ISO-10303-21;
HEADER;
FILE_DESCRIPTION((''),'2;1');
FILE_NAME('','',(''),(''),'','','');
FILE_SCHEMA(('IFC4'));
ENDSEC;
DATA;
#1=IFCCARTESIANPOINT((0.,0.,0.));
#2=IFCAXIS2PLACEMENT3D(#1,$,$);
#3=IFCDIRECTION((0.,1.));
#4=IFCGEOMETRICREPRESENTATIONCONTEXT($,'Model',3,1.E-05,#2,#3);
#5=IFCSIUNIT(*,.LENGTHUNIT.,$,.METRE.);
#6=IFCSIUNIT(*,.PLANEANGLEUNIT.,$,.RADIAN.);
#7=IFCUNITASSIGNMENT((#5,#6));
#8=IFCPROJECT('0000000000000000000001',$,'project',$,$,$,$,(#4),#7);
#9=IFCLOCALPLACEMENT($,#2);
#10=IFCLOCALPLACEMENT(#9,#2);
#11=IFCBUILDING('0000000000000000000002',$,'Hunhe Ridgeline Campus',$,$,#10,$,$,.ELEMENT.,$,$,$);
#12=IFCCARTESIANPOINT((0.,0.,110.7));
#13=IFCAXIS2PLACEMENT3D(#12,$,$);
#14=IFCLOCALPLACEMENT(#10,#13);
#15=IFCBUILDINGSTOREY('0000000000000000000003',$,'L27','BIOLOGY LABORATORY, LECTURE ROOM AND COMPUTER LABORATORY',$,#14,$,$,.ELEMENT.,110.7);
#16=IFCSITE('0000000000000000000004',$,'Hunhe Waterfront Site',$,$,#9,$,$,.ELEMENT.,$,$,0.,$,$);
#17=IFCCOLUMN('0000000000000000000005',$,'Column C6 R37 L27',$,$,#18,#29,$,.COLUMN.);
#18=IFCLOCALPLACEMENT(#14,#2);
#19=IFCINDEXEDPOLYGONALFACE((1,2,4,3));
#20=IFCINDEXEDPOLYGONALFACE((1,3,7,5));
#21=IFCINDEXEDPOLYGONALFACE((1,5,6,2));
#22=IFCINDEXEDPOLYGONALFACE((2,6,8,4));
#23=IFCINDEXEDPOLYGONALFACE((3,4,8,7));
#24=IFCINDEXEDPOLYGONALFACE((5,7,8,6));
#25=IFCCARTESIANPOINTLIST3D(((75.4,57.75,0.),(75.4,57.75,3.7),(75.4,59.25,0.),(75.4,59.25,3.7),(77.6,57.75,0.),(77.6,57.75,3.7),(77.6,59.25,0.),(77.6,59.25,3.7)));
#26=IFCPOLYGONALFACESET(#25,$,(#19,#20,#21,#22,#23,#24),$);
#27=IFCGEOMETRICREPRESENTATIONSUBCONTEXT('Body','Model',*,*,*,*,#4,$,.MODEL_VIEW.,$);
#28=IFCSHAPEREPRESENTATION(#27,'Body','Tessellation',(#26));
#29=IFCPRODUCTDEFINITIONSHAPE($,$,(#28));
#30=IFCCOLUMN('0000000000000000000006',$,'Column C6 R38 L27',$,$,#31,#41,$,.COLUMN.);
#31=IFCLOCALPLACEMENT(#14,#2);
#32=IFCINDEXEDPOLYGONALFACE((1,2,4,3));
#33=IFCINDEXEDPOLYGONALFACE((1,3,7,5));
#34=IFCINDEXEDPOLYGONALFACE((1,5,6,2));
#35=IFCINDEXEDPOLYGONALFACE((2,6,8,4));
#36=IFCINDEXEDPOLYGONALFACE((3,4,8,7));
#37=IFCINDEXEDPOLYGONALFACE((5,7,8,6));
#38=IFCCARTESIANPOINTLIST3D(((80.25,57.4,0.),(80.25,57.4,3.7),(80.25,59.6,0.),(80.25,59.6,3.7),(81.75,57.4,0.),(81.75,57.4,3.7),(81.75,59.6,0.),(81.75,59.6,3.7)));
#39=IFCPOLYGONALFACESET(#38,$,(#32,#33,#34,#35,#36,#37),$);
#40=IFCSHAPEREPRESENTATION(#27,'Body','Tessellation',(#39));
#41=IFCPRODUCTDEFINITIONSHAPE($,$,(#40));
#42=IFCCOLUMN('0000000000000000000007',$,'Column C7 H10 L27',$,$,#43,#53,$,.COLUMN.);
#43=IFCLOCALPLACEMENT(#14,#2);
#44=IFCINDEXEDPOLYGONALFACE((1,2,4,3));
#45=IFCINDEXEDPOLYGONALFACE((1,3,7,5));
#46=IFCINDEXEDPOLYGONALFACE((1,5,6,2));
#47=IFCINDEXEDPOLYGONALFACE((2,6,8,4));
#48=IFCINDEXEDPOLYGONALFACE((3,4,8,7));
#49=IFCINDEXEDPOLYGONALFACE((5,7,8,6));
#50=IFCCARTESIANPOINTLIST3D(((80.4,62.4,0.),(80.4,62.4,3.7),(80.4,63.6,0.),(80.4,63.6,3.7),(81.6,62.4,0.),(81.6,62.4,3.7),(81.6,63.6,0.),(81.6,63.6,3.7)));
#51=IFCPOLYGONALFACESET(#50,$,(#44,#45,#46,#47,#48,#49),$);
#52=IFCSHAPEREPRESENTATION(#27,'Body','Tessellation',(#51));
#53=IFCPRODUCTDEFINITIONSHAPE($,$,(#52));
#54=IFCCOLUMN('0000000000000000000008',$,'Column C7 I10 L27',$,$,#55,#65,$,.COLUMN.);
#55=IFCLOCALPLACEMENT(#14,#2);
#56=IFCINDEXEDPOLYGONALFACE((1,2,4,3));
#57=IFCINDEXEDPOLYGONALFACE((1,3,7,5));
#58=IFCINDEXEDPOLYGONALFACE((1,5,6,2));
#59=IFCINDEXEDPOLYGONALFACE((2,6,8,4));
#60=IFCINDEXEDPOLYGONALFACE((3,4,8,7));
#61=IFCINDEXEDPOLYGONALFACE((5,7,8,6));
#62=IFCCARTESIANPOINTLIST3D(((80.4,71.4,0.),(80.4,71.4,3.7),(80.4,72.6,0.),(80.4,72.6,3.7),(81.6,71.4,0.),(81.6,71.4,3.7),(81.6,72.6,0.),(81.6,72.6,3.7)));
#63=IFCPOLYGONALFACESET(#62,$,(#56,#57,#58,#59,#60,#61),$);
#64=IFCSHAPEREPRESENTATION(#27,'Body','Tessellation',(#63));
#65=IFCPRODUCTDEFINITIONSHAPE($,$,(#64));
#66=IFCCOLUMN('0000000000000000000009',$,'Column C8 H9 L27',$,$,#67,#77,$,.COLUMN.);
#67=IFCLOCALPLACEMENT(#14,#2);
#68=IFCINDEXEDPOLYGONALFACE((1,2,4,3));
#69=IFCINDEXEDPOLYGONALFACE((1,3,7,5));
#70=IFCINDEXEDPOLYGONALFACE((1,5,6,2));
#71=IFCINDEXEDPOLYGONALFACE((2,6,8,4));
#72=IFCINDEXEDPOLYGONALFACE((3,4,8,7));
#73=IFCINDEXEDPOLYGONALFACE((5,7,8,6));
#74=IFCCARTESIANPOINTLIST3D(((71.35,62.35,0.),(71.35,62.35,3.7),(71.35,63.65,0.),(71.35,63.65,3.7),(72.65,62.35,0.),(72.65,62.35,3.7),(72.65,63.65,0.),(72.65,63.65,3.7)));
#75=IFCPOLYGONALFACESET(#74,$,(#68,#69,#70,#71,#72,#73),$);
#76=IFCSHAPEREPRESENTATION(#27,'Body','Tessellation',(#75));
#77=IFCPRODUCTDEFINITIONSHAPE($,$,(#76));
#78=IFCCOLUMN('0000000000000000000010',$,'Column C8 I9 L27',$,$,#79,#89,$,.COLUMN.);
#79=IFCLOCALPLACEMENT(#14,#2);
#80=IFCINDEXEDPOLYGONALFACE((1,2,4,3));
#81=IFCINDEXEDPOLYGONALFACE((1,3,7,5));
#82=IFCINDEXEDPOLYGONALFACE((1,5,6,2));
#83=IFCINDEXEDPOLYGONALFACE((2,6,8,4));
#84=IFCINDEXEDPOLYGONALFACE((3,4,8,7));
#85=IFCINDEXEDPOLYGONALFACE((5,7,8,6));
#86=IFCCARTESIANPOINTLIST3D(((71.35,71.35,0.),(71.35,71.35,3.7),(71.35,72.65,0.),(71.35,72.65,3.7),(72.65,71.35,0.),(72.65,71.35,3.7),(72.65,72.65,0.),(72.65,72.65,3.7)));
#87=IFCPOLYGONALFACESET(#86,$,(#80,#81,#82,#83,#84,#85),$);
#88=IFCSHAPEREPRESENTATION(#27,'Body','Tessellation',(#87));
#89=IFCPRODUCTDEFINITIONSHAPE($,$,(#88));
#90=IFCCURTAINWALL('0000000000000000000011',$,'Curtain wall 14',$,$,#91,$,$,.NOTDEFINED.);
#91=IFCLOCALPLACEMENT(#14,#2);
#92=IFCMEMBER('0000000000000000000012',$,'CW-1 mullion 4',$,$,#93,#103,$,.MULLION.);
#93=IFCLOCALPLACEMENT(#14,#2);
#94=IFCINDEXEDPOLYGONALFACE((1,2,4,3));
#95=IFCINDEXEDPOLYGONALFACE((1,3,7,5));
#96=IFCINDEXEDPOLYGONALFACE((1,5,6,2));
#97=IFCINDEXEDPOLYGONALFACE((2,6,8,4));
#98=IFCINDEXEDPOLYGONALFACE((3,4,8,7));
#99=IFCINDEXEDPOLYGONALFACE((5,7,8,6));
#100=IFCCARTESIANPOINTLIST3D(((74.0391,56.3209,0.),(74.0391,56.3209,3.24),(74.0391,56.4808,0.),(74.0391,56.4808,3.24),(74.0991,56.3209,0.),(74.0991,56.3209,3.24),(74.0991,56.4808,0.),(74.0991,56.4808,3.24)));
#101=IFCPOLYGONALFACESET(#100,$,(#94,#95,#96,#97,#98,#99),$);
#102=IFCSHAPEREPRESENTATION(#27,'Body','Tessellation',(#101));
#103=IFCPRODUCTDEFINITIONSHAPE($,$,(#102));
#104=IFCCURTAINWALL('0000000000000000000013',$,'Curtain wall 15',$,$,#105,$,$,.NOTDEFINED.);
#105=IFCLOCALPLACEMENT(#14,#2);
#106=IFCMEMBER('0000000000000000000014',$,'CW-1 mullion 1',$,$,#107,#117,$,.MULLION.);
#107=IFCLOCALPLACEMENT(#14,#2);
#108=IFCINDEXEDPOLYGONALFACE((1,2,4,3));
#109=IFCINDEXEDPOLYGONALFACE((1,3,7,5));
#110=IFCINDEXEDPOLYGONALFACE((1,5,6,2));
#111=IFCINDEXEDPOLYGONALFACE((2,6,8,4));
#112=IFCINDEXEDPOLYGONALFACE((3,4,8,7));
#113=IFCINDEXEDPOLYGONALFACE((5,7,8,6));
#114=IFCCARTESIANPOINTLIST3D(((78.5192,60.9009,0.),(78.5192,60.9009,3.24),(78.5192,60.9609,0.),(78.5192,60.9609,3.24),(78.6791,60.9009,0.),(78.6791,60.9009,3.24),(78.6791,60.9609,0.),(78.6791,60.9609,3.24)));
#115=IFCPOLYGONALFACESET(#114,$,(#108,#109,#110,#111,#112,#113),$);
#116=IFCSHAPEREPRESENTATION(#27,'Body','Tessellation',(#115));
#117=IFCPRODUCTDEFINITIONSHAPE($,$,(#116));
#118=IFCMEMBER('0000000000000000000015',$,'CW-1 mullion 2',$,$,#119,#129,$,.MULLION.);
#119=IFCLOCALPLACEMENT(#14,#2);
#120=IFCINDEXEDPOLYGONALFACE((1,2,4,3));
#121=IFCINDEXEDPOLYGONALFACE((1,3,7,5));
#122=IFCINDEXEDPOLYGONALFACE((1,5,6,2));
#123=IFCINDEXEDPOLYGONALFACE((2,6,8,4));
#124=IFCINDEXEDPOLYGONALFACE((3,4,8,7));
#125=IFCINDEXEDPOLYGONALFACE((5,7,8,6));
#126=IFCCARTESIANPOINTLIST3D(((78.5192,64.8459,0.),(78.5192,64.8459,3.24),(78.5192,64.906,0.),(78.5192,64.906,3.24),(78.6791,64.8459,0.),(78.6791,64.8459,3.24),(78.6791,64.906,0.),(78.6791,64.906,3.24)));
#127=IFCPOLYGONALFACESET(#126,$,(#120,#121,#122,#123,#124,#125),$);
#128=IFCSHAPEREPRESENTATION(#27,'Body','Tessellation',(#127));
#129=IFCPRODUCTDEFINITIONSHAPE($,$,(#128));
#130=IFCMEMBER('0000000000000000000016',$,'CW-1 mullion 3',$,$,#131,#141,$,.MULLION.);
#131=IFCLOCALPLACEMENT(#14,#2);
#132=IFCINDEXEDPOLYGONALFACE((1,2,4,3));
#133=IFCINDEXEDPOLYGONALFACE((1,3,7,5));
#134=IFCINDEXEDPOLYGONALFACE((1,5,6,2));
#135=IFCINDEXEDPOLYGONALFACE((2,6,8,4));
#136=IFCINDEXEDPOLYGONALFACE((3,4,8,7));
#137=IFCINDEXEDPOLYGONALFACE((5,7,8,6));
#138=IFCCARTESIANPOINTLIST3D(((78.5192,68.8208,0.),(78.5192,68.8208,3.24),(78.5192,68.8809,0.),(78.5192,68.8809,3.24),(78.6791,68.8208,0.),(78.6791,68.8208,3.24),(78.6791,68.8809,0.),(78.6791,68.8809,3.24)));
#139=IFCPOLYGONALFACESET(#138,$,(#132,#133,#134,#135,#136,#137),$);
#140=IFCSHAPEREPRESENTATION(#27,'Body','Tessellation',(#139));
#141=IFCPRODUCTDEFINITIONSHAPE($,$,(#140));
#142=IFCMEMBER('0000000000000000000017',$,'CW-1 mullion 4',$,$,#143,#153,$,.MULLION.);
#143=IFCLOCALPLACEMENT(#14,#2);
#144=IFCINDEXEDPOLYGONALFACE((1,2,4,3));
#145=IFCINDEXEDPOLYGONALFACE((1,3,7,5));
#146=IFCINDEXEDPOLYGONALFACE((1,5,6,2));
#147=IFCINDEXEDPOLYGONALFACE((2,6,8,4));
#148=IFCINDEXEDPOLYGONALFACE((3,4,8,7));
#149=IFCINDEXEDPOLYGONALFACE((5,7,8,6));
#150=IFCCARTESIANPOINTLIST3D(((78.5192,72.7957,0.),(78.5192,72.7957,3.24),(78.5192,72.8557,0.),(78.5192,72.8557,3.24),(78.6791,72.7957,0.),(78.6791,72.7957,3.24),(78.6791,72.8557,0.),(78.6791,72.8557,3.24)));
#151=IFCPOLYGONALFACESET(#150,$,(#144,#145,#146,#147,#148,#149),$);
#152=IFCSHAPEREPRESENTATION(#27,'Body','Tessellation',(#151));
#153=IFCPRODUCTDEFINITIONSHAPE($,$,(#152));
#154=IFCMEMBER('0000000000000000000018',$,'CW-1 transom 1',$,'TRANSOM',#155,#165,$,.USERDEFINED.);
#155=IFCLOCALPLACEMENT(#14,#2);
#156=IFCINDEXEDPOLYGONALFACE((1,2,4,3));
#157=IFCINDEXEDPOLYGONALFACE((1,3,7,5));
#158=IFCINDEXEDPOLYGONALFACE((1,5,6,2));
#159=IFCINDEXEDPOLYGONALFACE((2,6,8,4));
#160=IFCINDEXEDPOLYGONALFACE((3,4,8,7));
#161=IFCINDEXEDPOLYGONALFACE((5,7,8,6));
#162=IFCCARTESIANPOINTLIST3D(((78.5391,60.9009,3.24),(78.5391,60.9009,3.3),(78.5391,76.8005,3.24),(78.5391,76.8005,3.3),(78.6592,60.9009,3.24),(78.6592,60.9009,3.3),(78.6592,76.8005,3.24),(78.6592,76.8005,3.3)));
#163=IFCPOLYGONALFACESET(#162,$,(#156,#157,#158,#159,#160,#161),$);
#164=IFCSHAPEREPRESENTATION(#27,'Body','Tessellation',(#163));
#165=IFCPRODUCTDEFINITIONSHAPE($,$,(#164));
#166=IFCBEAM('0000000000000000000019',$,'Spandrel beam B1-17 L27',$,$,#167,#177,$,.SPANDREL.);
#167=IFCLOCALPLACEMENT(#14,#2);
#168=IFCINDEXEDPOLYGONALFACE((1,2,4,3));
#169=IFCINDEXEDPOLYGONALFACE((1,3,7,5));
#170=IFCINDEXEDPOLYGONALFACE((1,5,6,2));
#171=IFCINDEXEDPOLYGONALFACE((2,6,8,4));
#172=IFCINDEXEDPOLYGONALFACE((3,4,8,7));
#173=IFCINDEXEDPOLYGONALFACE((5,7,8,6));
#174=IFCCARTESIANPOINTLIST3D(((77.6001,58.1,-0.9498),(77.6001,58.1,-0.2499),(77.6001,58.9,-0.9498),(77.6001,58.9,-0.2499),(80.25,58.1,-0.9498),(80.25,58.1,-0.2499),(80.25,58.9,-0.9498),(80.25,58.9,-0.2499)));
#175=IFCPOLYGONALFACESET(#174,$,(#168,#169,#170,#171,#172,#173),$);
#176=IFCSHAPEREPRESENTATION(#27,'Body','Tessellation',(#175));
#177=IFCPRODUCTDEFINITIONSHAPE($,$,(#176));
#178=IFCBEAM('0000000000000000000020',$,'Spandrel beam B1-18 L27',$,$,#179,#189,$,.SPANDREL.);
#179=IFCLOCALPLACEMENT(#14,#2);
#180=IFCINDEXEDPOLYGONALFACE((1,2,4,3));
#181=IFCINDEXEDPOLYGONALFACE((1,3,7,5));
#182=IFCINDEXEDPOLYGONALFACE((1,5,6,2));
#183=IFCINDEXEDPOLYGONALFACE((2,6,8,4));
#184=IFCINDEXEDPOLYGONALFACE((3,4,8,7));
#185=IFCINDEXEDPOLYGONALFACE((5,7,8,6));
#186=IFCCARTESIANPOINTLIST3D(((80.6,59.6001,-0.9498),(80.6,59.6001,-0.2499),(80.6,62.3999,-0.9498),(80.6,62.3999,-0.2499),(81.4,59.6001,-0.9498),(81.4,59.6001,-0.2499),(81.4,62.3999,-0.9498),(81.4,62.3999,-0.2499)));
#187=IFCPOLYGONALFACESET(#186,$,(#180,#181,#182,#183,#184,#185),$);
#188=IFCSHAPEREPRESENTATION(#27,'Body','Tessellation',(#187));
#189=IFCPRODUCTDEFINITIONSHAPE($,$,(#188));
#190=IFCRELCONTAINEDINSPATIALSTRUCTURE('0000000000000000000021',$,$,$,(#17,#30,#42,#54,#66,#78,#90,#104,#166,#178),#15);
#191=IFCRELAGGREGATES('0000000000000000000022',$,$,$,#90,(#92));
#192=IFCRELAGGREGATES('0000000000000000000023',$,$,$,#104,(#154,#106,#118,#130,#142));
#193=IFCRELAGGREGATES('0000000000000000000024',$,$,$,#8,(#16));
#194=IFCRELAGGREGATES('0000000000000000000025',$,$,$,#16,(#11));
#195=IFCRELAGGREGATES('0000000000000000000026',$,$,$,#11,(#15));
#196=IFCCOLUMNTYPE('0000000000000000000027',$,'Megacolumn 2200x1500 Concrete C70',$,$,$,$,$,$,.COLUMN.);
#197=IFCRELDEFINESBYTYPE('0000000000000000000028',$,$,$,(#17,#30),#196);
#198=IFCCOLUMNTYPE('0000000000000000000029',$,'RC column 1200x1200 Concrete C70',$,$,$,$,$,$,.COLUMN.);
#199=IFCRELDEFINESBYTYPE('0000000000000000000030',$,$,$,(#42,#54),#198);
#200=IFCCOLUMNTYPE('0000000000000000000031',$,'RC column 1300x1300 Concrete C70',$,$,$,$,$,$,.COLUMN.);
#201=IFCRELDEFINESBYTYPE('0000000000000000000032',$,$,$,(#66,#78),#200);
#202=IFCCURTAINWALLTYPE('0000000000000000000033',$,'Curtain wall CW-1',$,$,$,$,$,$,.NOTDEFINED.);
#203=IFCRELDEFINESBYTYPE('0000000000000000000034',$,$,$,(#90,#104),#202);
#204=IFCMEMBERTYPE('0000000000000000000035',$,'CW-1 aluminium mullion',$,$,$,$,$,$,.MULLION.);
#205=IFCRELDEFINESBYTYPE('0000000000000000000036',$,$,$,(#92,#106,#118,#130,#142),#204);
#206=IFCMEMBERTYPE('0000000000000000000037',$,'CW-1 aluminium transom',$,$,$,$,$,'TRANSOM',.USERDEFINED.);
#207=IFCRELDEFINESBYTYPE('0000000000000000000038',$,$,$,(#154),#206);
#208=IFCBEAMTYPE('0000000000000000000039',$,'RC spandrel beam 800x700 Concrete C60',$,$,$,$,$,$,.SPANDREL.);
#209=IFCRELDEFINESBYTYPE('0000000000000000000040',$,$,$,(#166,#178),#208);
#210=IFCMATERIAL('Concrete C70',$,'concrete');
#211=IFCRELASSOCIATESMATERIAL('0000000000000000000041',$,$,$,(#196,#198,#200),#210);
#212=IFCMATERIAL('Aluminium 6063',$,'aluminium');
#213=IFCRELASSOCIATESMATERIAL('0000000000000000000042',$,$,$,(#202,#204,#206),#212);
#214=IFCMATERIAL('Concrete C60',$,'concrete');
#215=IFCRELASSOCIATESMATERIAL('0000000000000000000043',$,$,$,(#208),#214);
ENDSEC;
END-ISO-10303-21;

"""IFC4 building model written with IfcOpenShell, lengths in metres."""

from ifc_helpers import new_model, si_unit, direction, frame, origin, origin_2d, place, context, subcontext, project, spatial, rectangle, extrude, material, material_profile, profile_set, type_object, element, aggregate, save


model = new_model("IFC4")

# Units and contexts
model_context = context("Model", 3, precision=1e-05, world=origin(), true_north=direction((0.0, 1.0)))
body_context = subcontext(model_context, "Body", "Model", "MODEL_VIEW")
ifc_project = project(units=[si_unit("LENGTHUNIT", "METRE"), si_unit("PLANEANGLEUNIT", "RADIAN")], contexts=[model_context])

# Site, building, storey
site_placement = place(None, origin())
site = spatial("IfcSite", under=ifc_project, at=site_placement, Name="Hunhe Waterfront Site", CompositionType="ELEMENT", RefElevation=0.0)
building_placement = place(site_placement, origin())
building = spatial("IfcBuilding", under=site, at=building_placement, Name="Hunhe Ridgeline Campus", CompositionType="ELEMENT")
storey_placement = place(building_placement, frame((0.0, 0.0, 110.7)))
storey = spatial("IfcBuildingStorey", under=building, at=storey_placement, Name="L27", Description="BIOLOGY LABORATORY, LECTURE ROOM AND COMPUTER LABORATORY", CompositionType="ELEMENT", Elevation=110.7)

# Columns
ifc_material_1 = material(Name="Concrete C70", Category="concrete")
ifc_material_profile_1 = material_profile(ifc_material_1, rectangle(XDim=2.2, YDim=1.5, at=origin_2d()))
ifc_profile_set_1 = profile_set([ifc_material_profile_1], Name="Concrete C70")
column_type_1 = type_object("IfcColumnType", Name="Megacolumn 2200x1500 Concrete C70", PredefinedType="COLUMN", material=ifc_profile_set_1)
for number, where, z_axis, x_axis, name in (
    (1, (76.5, 58.5, 0.0), (0.0, 0.0, 1.0), (1.0, 0.0, 0.0), "Column C6 R37 L27"),
    (2, (81.0, 58.5, 0.0), (0.0, 0.0, 1.0), (0.0, 1.0, 0.0), "Column C6 R38 L27"),
):
    element("IfcColumn", number, at=place(storey_placement, frame(where, z_axis=z_axis, x_axis=x_axis)), inside=storey, type_object=column_type_1, Name=name, PredefinedType="COLUMN", context=body_context, shape_type="SweptSolid", body=[
        extrude(rectangle(XDim=2.2, YDim=1.5, at=origin_2d()), origin(), (0.0, 0.0, 1.0), 3.7),
    ])
ifc_material_profile_2 = material_profile(ifc_material_1, rectangle(XDim=1.2, YDim=1.2, at=origin_2d()))
ifc_profile_set_2 = profile_set([ifc_material_profile_2], Name="Concrete C70")
column_type_2 = type_object("IfcColumnType", Name="RC column 1200x1200 Concrete C70", PredefinedType="COLUMN", material=ifc_profile_set_2)
for number, where, z_axis, x_axis, name in (
    (3, (81.0, 63.0, 0.0), (0.0, 0.0, 1.0), (1.0, 0.0, 0.0), "Column C7 H10 L27"),
    (4, (81.0, 72.0, 0.0), (0.0, 0.0, 1.0), (1.0, 0.0, 0.0), "Column C7 I10 L27"),
):
    element("IfcColumn", number, at=place(storey_placement, frame(where, z_axis=z_axis, x_axis=x_axis)), inside=storey, type_object=column_type_2, Name=name, PredefinedType="COLUMN", context=body_context, shape_type="SweptSolid", body=[
        extrude(rectangle(XDim=1.2, YDim=1.2, at=origin_2d()), origin(), (0.0, 0.0, 1.0), 3.7),
    ])
ifc_material_profile_3 = material_profile(ifc_material_1, rectangle(XDim=1.3, YDim=1.3, at=origin_2d()))
ifc_profile_set_3 = profile_set([ifc_material_profile_3], Name="Concrete C70")
column_type_3 = type_object("IfcColumnType", Name="RC column 1300x1300 Concrete C70", PredefinedType="COLUMN", material=ifc_profile_set_3)
for number, where, z_axis, x_axis, name in (
    (5, (72.0, 63.0, 0.0), (0.0, 0.0, 1.0), (1.0, 0.0, 0.0), "Column C8 H9 L27"),
    (6, (72.0, 72.0, 0.0), (0.0, 0.0, 1.0), (1.0, 0.0, 0.0), "Column C8 I9 L27"),
):
    element("IfcColumn", number, at=place(storey_placement, frame(where, z_axis=z_axis, x_axis=x_axis)), inside=storey, type_object=column_type_3, Name=name, PredefinedType="COLUMN", context=body_context, shape_type="SweptSolid", body=[
        extrude(rectangle(XDim=1.3, YDim=1.3, at=origin_2d()), origin(), (0.0, 0.0, 1.0), 3.7),
    ])

# Curtain wall, member
ifc_material_2 = material(Name="Aluminium 6063", Category="aluminium")
curtain_wall_type = type_object("IfcCurtainWallType", Name="Curtain wall CW-1", PredefinedType="NOTDEFINED", material=ifc_material_2)
curtain_wall_1_placement = place(storey_placement, origin())
curtain_wall_1 = element("IfcCurtainWall", 7, at=curtain_wall_1_placement, inside=storey, type_object=curtain_wall_type, Name="Curtain wall 14", PredefinedType="NOTDEFINED")
ifc_material_profile_4 = material_profile(ifc_material_2, rectangle(XDim=0.1599, YDim=0.0601, at=origin_2d()))
ifc_profile_set_4 = profile_set([ifc_material_profile_4], Name="Aluminium 6063")
member_type_1 = type_object("IfcMemberType", Name="CW-1 aluminium mullion", PredefinedType="MULLION", material=ifc_profile_set_4)
member_1_placement = place(storey_placement, frame((74.0691, 56.4009, 0.0), z_axis=(0.0, 0.0, 1.0), x_axis=(0.0, 1.0, 0.0)))
member_1 = element("IfcMember", 8, at=member_1_placement, type_object=member_type_1, Name="CW-1 mullion 4", PredefinedType="MULLION", context=body_context, shape_type="SweptSolid", body=[
    extrude(rectangle(XDim=0.1599, YDim=0.0601, at=origin_2d()), origin(), (0.0, 0.0, 1.0), 3.24),
])
aggregate(curtain_wall_1, [member_1])

# Curtain wall, members
curtain_wall_2_placement = place(storey_placement, origin())
curtain_wall_2 = element("IfcCurtainWall", 9, at=curtain_wall_2_placement, inside=storey, type_object=curtain_wall_type, Name="Curtain wall 15", PredefinedType="NOTDEFINED")
member_2_placement = place(storey_placement, frame((78.5991, 60.9309, 0.0), z_axis=(0.0, 0.0, 1.0), x_axis=(-1.0, 0.0, 0.0)))
member_2 = element("IfcMember", 10, at=member_2_placement, type_object=member_type_1, Name="CW-1 mullion 1", PredefinedType="MULLION", context=body_context, shape_type="SweptSolid", body=[
    extrude(rectangle(XDim=0.1599, YDim=0.0601, at=origin_2d()), origin(), (0.0, 0.0, 1.0), 3.24),
])
member_3_placement = place(storey_placement, frame((78.5991, 64.876, 0.0), z_axis=(0.0, 0.0, 1.0), x_axis=(-1.0, 0.0, 0.0)))
member_3 = element("IfcMember", 11, at=member_3_placement, type_object=member_type_1, Name="CW-1 mullion 2", PredefinedType="MULLION", context=body_context, shape_type="SweptSolid", body=[
    extrude(rectangle(XDim=0.1599, YDim=0.0601, at=origin_2d()), origin(), (0.0, 0.0, 1.0), 3.24),
])
member_4_placement = place(storey_placement, frame((78.5991, 68.8508, 0.0), z_axis=(0.0, 0.0, 1.0), x_axis=(-1.0, 0.0, 0.0)))
member_4 = element("IfcMember", 12, at=member_4_placement, type_object=member_type_1, Name="CW-1 mullion 3", PredefinedType="MULLION", context=body_context, shape_type="SweptSolid", body=[
    extrude(rectangle(XDim=0.1599, YDim=0.0601, at=origin_2d()), origin(), (0.0, 0.0, 1.0), 3.24),
])
member_5_placement = place(storey_placement, frame((78.5991, 72.8257, 0.0), z_axis=(0.0, 0.0, 1.0), x_axis=(-1.0, 0.0, 0.0)))
member_5 = element("IfcMember", 13, at=member_5_placement, type_object=member_type_1, Name="CW-1 mullion 4", PredefinedType="MULLION", context=body_context, shape_type="SweptSolid", body=[
    extrude(rectangle(XDim=0.1599, YDim=0.0601, at=origin_2d()), origin(), (0.0, 0.0, 1.0), 3.24),
])
ifc_material_profile_5 = material_profile(ifc_material_2, rectangle(XDim=0.1201, YDim=0.0601, at=origin_2d()))
ifc_profile_set_5 = profile_set([ifc_material_profile_5], Name="Aluminium 6063")
member_type_2 = type_object("IfcMemberType", Name="CW-1 aluminium transom", ElementType="TRANSOM", PredefinedType="USERDEFINED", material=ifc_profile_set_5)
member_6_placement = place(storey_placement, frame((78.5991, 60.9009, 3.27), z_axis=(0.0, 1.0, 0.0), x_axis=(-1.0, 0.0, 0.0)))
member_6 = element("IfcMember", 14, at=member_6_placement, type_object=member_type_2, Name="CW-1 transom 1", ObjectType="TRANSOM", PredefinedType="USERDEFINED", context=body_context, shape_type="SweptSolid", body=[
    extrude(rectangle(XDim=0.1201, YDim=0.0601, at=origin_2d()), origin(), (0.0, 0.0, 1.0), 15.8997),
])

# Beams
ifc_material_3 = material(Name="Concrete C60", Category="concrete")
ifc_material_profile_6 = material_profile(ifc_material_3, rectangle(XDim=0.8, YDim=0.7, at=origin_2d()))
ifc_profile_set_6 = profile_set([ifc_material_profile_6], Name="Concrete C60")
beam_type = type_object("IfcBeamType", Name="RC spandrel beam 800x700 Concrete C60", PredefinedType="SPANDREL", material=ifc_profile_set_6)
beam_1_placement = place(storey_placement, frame((77.6001, 58.5, -0.5999), z_axis=(1.0, 0.0, 0.0), x_axis=(0.0, 1.0, 0.0)))
element("IfcBeam", 15, at=beam_1_placement, inside=storey, type_object=beam_type, Name="Spandrel beam B1-17 L27", PredefinedType="SPANDREL", context=body_context, shape_type="SweptSolid", body=[
    extrude(rectangle(XDim=0.8, YDim=0.7, at=origin_2d()), origin(), (0.0, 0.0, 1.0), 2.6499),
])
beam_2_placement = place(storey_placement, frame((81.0, 59.6001, -0.5999), z_axis=(0.0, 1.0, 0.0), x_axis=(-1.0, 0.0, 0.0)))
element("IfcBeam", 16, at=beam_2_placement, inside=storey, type_object=beam_type, Name="Spandrel beam B1-18 L27", PredefinedType="SPANDREL", context=body_context, shape_type="SweptSolid", body=[
    extrude(rectangle(XDim=0.8, YDim=0.7, at=origin_2d()), origin(), (0.0, 0.0, 1.0), 2.7998),
])

aggregate(curtain_wall_2, [member_6, member_2, member_3, member_4, member_5])

save(model, "model.ifc")
